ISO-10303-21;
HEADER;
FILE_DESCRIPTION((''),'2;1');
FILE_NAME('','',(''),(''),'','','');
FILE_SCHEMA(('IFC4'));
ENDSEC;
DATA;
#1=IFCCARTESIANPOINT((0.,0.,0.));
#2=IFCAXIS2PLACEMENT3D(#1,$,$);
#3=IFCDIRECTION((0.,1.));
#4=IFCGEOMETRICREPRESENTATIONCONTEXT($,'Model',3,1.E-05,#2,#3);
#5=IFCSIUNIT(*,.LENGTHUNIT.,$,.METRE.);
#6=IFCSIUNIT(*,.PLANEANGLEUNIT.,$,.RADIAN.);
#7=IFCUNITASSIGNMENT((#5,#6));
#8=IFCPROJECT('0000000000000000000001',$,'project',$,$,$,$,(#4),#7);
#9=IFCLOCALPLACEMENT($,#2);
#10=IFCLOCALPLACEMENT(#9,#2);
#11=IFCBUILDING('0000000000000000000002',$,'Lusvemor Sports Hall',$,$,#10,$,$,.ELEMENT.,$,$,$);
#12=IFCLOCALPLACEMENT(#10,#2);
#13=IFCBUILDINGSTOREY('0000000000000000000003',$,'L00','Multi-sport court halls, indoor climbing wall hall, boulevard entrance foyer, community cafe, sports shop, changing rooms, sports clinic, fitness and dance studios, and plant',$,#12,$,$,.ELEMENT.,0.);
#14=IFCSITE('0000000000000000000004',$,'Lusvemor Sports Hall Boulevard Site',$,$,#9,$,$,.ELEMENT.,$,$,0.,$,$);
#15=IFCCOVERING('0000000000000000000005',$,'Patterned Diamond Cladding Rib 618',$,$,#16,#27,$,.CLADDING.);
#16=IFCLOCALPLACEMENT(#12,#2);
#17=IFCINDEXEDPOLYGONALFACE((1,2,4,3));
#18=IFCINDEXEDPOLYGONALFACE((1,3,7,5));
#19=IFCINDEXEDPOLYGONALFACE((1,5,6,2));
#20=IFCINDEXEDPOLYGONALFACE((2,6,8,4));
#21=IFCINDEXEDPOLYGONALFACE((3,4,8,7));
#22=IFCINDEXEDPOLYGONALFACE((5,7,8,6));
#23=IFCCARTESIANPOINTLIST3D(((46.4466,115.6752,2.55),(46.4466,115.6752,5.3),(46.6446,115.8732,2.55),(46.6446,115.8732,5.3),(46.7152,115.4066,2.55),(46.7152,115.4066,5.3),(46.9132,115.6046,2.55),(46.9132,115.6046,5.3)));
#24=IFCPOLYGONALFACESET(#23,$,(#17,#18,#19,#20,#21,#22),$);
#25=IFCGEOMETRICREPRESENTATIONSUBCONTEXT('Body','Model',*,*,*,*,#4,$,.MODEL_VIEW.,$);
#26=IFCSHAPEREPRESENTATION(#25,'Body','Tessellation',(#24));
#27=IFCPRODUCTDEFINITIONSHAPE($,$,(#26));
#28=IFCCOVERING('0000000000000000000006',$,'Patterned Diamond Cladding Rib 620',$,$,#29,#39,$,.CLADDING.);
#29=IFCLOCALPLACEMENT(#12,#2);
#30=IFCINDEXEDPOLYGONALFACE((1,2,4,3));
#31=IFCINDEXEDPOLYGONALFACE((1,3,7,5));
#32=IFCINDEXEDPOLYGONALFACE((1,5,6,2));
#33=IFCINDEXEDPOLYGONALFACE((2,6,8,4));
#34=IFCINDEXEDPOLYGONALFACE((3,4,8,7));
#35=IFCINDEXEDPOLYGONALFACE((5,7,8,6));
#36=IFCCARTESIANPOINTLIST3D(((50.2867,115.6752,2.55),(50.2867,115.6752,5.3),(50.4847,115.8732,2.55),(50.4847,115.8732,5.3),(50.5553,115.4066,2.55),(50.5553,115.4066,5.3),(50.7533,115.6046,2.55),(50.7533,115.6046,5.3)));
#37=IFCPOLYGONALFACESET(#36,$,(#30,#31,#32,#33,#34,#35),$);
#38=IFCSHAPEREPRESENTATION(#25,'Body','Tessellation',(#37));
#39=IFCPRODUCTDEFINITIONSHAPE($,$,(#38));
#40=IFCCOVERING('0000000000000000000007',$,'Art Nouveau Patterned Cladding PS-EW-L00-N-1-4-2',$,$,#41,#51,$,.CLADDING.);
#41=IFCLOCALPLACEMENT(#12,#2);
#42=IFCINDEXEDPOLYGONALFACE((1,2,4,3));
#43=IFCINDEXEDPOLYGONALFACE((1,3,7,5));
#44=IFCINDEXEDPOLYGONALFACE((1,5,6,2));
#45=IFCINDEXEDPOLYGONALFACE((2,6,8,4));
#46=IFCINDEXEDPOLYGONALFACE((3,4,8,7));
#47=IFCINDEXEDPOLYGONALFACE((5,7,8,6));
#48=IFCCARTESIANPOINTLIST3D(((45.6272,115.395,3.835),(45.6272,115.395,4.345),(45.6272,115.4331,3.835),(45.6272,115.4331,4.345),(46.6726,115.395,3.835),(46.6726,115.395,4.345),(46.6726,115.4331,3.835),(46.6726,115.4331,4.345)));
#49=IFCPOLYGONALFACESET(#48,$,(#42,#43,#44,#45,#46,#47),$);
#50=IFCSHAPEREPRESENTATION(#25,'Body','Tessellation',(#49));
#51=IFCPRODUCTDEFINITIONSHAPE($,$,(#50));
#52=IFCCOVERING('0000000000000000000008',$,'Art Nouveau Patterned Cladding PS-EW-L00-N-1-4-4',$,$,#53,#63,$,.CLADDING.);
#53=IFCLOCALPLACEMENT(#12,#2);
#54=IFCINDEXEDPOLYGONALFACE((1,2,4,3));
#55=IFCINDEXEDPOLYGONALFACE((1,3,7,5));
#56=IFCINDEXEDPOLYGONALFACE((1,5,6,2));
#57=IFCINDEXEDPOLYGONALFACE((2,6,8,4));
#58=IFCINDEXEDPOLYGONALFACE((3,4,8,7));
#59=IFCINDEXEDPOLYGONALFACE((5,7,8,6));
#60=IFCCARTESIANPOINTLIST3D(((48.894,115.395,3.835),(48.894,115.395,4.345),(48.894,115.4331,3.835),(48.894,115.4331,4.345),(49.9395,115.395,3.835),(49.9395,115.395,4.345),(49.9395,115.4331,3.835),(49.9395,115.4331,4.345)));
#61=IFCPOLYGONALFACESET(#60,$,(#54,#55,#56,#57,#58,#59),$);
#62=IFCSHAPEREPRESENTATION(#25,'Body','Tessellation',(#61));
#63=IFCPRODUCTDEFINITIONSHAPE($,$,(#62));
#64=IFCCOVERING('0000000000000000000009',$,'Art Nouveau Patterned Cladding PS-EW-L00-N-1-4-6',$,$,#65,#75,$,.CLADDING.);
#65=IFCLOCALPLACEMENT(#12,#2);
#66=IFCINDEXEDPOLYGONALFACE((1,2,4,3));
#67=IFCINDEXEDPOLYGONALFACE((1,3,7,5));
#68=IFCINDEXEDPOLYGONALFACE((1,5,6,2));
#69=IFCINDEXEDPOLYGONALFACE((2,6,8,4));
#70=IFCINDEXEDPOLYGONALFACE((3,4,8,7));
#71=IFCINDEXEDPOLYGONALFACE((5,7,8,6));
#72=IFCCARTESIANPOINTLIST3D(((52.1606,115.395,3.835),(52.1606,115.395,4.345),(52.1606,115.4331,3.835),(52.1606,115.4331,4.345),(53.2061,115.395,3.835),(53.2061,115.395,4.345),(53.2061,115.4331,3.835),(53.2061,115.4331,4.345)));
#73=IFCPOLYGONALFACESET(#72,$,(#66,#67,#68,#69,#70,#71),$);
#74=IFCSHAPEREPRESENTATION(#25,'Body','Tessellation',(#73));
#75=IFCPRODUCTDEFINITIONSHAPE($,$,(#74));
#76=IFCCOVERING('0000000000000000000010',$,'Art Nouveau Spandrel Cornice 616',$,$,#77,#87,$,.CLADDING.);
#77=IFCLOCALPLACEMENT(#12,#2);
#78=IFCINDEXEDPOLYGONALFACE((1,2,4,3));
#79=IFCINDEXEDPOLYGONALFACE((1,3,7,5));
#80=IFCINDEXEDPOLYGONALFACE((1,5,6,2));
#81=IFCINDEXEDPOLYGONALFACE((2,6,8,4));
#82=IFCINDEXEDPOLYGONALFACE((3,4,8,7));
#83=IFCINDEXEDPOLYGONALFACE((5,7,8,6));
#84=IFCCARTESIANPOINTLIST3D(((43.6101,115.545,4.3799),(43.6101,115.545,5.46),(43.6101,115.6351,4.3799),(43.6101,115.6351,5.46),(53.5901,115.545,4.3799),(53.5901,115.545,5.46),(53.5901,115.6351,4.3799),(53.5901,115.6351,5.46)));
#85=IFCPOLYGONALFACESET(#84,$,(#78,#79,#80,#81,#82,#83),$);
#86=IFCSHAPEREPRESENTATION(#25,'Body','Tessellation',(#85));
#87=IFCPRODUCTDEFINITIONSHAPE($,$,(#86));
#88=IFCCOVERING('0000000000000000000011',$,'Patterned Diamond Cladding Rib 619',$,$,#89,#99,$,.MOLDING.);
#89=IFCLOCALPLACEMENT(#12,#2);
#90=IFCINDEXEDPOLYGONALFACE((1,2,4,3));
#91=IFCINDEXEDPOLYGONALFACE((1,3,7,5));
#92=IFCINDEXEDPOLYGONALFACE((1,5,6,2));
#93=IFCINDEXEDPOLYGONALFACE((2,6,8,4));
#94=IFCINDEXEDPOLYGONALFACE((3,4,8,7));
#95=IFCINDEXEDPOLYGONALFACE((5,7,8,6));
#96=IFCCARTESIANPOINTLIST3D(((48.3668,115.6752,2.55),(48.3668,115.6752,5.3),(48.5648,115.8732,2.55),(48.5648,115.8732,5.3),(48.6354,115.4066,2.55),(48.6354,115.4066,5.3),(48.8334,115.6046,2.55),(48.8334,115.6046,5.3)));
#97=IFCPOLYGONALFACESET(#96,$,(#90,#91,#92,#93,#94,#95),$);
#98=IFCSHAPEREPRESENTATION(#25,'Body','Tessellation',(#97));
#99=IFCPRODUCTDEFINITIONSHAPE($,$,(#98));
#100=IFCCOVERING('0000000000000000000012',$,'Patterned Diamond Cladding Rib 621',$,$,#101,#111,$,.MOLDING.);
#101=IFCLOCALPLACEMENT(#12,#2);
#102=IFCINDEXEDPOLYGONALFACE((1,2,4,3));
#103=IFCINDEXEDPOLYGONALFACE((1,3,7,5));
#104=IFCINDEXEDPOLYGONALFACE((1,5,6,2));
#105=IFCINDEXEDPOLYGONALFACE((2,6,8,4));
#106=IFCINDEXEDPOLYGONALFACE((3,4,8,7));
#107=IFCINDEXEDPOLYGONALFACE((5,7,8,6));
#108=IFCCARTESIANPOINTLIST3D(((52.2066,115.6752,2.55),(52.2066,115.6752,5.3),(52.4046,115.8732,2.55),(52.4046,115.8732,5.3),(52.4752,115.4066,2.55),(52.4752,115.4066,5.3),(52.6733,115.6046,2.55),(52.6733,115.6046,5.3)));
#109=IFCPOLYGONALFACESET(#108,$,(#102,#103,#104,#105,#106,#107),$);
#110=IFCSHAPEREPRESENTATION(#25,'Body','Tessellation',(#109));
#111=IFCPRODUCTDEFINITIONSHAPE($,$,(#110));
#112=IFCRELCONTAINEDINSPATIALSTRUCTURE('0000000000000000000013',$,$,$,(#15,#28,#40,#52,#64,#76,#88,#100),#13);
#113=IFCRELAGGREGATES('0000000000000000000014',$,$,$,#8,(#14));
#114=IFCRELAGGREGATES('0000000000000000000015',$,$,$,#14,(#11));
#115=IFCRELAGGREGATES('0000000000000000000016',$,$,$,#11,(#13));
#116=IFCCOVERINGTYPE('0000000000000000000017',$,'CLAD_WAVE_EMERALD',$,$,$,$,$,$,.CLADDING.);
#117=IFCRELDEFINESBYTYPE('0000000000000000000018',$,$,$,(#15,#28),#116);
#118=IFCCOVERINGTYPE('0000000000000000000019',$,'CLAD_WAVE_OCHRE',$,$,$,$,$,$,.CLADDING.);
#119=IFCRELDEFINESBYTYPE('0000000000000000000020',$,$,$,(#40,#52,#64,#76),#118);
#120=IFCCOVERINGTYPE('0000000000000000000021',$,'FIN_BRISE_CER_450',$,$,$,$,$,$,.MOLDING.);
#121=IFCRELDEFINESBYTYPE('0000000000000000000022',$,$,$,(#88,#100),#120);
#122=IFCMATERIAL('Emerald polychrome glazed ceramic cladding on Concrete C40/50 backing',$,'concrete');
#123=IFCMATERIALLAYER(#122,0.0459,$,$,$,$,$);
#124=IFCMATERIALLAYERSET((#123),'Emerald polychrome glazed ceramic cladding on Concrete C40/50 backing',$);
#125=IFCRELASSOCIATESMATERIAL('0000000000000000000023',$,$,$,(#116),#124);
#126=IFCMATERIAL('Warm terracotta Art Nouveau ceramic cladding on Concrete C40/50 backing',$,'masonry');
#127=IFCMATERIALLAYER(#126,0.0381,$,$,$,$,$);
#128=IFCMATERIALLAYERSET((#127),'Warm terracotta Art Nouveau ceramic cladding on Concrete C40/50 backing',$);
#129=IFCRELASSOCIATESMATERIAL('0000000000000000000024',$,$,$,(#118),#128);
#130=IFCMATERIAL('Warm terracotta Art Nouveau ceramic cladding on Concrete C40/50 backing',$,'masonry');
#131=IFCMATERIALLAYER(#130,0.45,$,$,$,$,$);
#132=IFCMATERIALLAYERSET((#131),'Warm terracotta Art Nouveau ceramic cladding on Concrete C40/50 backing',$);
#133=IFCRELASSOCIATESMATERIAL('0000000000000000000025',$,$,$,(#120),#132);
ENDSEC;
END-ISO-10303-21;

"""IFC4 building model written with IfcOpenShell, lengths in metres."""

from ifc_helpers import new_model, si_unit, direction, frame, origin, origin_2d, place, context, subcontext, project, spatial, rectangle, extrude, material, layer, layer_set, type_object, element, save


model = new_model("IFC4")

# Units and contexts
model_context = context("Model", 3, precision=1e-05, world=origin(), true_north=direction((0.0, 1.0)))
body_context = subcontext(model_context, "Body", "Model", "MODEL_VIEW")
ifc_project = project(units=[si_unit("LENGTHUNIT", "METRE"), si_unit("PLANEANGLEUNIT", "RADIAN")], contexts=[model_context])

# Site, building, storey
site_placement = place(None, origin())
site = spatial("IfcSite", under=ifc_project, at=site_placement, Name="Lusvemor Sports Hall Boulevard Site", CompositionType="ELEMENT", RefElevation=0.0)
building_placement = place(site_placement, origin())
building = spatial("IfcBuilding", under=site, at=building_placement, Name="Lusvemor Sports Hall", CompositionType="ELEMENT")
storey_placement = place(building_placement, origin())
storey = spatial("IfcBuildingStorey", under=building, at=storey_placement, Name="L00", Description="Multi-sport court halls, indoor climbing wall hall, boulevard entrance foyer, community cafe, sports shop, changing rooms, sports clinic, fitness and dance studios, and plant", CompositionType="ELEMENT", Elevation=0.0)

# Coverings
ifc_material_1 = material(Name="Emerald polychrome glazed ceramic cladding on Concrete C40/50 backing", Category="concrete")
ifc_layer_1 = layer(ifc_material_1, 0.0459)
ifc_layer_set_1 = layer_set([ifc_layer_1], Name="Emerald polychrome glazed ceramic cladding on Concrete C40/50 backing")
covering_type_1 = type_object("IfcCoveringType", Name="CLAD_WAVE_EMERALD", PredefinedType="CLADDING", material=ifc_layer_set_1)
for number, where, z_axis, x_axis, name in (
    (1, (46.6799, 115.6399, 2.55), (0.0, 0.0, 1.0), (0.707107, 0.707107, 0.0), "Patterned Diamond Cladding Rib 618"),
    (2, (50.52, 115.6399, 2.55), (0.0, 0.0, 1.0), (0.707107, 0.707107, 0.0), "Patterned Diamond Cladding Rib 620"),
):
    element("IfcCovering", number, at=place(storey_placement, frame(where, z_axis=z_axis, x_axis=x_axis)), inside=storey, type_object=covering_type_1, Name=name, PredefinedType="CLADDING", context=body_context, shape_type="SweptSolid", body=[
        extrude(rectangle(XDim=0.28, YDim=0.3799, at=origin_2d()), origin(), (0.0, 0.0, 1.0), 2.75),
    ])
ifc_material_2 = material(Name="Warm terracotta Art Nouveau ceramic cladding on Concrete C40/50 backing", Category="masonry")
ifc_layer_2 = layer(ifc_material_2, 0.0381)
ifc_layer_set_2 = layer_set([ifc_layer_2], Name="Warm terracotta Art Nouveau ceramic cladding on Concrete C40/50 backing")
covering_type_2 = type_object("IfcCoveringType", Name="CLAD_WAVE_OCHRE", PredefinedType="CLADDING", material=ifc_layer_set_2)
for number, where, z_axis, x_axis, name in (
    (3, (46.1499, 115.4141, 3.835), (0.0, 0.0, 1.0), (1.0, 0.0, 0.0), "Art Nouveau Patterned Cladding PS-EW-L00-N-1-4-2"),
    (4, (49.4167, 115.4141, 3.835), (0.0, 0.0, 1.0), (1.0, 0.0, 0.0), "Art Nouveau Patterned Cladding PS-EW-L00-N-1-4-4"),
    (5, (52.6833, 115.4141, 3.835), (0.0, 0.0, 1.0), (1.0, 0.0, 0.0), "Art Nouveau Patterned Cladding PS-EW-L00-N-1-4-6"),
):
    element("IfcCovering", number, at=place(storey_placement, frame(where, z_axis=z_axis, x_axis=x_axis)), inside=storey, type_object=covering_type_2, Name=name, PredefinedType="CLADDING", context=body_context, shape_type="SweptSolid", body=[
        extrude(rectangle(XDim=1.0454, YDim=0.0381, at=origin_2d()), origin(), (0.0, 0.0, 1.0), 0.51),
    ])
covering_1_placement = place(storey_placement, frame((48.6001, 115.5901, 4.3799), z_axis=(0.0, 0.0, 1.0), x_axis=(1.0, 0.0, 0.0)))
element("IfcCovering", 6, at=covering_1_placement, inside=storey, type_object=covering_type_2, Name="Art Nouveau Spandrel Cornice 616", PredefinedType="CLADDING", context=body_context, shape_type="SweptSolid", body=[
    extrude(rectangle(XDim=9.98, YDim=0.0901, at=origin_2d()), origin(), (0.0, 0.0, 1.0), 1.0801),
])
ifc_material_3 = material(Name="Warm terracotta Art Nouveau ceramic cladding on Concrete C40/50 backing", Category="masonry")
ifc_layer_3 = layer(ifc_material_3, 0.45)
ifc_layer_set_3 = layer_set([ifc_layer_3], Name="Warm terracotta Art Nouveau ceramic cladding on Concrete C40/50 backing")
covering_type_3 = type_object("IfcCoveringType", Name="FIN_BRISE_CER_450", PredefinedType="MOLDING", material=ifc_layer_set_3)
for number, where, z_axis, x_axis, name in (
    (7, (48.6001, 115.6399, 2.55), (0.0, 0.0, 1.0), (0.707107, 0.707107, 0.0), "Patterned Diamond Cladding Rib 619"),
    (8, (52.4399, 115.6399, 2.55), (0.0, 0.0, 1.0), (0.707107, 0.707107, 0.0), "Patterned Diamond Cladding Rib 621"),
):
    element("IfcCovering", number, at=place(storey_placement, frame(where, z_axis=z_axis, x_axis=x_axis)), inside=storey, type_object=covering_type_3, Name=name, PredefinedType="MOLDING", context=body_context, shape_type="SweptSolid", body=[
        extrude(rectangle(XDim=0.28, YDim=0.3799, at=origin_2d()), origin(), (0.0, 0.0, 1.0), 2.75),
    ])

save(model, "model.ifc")
